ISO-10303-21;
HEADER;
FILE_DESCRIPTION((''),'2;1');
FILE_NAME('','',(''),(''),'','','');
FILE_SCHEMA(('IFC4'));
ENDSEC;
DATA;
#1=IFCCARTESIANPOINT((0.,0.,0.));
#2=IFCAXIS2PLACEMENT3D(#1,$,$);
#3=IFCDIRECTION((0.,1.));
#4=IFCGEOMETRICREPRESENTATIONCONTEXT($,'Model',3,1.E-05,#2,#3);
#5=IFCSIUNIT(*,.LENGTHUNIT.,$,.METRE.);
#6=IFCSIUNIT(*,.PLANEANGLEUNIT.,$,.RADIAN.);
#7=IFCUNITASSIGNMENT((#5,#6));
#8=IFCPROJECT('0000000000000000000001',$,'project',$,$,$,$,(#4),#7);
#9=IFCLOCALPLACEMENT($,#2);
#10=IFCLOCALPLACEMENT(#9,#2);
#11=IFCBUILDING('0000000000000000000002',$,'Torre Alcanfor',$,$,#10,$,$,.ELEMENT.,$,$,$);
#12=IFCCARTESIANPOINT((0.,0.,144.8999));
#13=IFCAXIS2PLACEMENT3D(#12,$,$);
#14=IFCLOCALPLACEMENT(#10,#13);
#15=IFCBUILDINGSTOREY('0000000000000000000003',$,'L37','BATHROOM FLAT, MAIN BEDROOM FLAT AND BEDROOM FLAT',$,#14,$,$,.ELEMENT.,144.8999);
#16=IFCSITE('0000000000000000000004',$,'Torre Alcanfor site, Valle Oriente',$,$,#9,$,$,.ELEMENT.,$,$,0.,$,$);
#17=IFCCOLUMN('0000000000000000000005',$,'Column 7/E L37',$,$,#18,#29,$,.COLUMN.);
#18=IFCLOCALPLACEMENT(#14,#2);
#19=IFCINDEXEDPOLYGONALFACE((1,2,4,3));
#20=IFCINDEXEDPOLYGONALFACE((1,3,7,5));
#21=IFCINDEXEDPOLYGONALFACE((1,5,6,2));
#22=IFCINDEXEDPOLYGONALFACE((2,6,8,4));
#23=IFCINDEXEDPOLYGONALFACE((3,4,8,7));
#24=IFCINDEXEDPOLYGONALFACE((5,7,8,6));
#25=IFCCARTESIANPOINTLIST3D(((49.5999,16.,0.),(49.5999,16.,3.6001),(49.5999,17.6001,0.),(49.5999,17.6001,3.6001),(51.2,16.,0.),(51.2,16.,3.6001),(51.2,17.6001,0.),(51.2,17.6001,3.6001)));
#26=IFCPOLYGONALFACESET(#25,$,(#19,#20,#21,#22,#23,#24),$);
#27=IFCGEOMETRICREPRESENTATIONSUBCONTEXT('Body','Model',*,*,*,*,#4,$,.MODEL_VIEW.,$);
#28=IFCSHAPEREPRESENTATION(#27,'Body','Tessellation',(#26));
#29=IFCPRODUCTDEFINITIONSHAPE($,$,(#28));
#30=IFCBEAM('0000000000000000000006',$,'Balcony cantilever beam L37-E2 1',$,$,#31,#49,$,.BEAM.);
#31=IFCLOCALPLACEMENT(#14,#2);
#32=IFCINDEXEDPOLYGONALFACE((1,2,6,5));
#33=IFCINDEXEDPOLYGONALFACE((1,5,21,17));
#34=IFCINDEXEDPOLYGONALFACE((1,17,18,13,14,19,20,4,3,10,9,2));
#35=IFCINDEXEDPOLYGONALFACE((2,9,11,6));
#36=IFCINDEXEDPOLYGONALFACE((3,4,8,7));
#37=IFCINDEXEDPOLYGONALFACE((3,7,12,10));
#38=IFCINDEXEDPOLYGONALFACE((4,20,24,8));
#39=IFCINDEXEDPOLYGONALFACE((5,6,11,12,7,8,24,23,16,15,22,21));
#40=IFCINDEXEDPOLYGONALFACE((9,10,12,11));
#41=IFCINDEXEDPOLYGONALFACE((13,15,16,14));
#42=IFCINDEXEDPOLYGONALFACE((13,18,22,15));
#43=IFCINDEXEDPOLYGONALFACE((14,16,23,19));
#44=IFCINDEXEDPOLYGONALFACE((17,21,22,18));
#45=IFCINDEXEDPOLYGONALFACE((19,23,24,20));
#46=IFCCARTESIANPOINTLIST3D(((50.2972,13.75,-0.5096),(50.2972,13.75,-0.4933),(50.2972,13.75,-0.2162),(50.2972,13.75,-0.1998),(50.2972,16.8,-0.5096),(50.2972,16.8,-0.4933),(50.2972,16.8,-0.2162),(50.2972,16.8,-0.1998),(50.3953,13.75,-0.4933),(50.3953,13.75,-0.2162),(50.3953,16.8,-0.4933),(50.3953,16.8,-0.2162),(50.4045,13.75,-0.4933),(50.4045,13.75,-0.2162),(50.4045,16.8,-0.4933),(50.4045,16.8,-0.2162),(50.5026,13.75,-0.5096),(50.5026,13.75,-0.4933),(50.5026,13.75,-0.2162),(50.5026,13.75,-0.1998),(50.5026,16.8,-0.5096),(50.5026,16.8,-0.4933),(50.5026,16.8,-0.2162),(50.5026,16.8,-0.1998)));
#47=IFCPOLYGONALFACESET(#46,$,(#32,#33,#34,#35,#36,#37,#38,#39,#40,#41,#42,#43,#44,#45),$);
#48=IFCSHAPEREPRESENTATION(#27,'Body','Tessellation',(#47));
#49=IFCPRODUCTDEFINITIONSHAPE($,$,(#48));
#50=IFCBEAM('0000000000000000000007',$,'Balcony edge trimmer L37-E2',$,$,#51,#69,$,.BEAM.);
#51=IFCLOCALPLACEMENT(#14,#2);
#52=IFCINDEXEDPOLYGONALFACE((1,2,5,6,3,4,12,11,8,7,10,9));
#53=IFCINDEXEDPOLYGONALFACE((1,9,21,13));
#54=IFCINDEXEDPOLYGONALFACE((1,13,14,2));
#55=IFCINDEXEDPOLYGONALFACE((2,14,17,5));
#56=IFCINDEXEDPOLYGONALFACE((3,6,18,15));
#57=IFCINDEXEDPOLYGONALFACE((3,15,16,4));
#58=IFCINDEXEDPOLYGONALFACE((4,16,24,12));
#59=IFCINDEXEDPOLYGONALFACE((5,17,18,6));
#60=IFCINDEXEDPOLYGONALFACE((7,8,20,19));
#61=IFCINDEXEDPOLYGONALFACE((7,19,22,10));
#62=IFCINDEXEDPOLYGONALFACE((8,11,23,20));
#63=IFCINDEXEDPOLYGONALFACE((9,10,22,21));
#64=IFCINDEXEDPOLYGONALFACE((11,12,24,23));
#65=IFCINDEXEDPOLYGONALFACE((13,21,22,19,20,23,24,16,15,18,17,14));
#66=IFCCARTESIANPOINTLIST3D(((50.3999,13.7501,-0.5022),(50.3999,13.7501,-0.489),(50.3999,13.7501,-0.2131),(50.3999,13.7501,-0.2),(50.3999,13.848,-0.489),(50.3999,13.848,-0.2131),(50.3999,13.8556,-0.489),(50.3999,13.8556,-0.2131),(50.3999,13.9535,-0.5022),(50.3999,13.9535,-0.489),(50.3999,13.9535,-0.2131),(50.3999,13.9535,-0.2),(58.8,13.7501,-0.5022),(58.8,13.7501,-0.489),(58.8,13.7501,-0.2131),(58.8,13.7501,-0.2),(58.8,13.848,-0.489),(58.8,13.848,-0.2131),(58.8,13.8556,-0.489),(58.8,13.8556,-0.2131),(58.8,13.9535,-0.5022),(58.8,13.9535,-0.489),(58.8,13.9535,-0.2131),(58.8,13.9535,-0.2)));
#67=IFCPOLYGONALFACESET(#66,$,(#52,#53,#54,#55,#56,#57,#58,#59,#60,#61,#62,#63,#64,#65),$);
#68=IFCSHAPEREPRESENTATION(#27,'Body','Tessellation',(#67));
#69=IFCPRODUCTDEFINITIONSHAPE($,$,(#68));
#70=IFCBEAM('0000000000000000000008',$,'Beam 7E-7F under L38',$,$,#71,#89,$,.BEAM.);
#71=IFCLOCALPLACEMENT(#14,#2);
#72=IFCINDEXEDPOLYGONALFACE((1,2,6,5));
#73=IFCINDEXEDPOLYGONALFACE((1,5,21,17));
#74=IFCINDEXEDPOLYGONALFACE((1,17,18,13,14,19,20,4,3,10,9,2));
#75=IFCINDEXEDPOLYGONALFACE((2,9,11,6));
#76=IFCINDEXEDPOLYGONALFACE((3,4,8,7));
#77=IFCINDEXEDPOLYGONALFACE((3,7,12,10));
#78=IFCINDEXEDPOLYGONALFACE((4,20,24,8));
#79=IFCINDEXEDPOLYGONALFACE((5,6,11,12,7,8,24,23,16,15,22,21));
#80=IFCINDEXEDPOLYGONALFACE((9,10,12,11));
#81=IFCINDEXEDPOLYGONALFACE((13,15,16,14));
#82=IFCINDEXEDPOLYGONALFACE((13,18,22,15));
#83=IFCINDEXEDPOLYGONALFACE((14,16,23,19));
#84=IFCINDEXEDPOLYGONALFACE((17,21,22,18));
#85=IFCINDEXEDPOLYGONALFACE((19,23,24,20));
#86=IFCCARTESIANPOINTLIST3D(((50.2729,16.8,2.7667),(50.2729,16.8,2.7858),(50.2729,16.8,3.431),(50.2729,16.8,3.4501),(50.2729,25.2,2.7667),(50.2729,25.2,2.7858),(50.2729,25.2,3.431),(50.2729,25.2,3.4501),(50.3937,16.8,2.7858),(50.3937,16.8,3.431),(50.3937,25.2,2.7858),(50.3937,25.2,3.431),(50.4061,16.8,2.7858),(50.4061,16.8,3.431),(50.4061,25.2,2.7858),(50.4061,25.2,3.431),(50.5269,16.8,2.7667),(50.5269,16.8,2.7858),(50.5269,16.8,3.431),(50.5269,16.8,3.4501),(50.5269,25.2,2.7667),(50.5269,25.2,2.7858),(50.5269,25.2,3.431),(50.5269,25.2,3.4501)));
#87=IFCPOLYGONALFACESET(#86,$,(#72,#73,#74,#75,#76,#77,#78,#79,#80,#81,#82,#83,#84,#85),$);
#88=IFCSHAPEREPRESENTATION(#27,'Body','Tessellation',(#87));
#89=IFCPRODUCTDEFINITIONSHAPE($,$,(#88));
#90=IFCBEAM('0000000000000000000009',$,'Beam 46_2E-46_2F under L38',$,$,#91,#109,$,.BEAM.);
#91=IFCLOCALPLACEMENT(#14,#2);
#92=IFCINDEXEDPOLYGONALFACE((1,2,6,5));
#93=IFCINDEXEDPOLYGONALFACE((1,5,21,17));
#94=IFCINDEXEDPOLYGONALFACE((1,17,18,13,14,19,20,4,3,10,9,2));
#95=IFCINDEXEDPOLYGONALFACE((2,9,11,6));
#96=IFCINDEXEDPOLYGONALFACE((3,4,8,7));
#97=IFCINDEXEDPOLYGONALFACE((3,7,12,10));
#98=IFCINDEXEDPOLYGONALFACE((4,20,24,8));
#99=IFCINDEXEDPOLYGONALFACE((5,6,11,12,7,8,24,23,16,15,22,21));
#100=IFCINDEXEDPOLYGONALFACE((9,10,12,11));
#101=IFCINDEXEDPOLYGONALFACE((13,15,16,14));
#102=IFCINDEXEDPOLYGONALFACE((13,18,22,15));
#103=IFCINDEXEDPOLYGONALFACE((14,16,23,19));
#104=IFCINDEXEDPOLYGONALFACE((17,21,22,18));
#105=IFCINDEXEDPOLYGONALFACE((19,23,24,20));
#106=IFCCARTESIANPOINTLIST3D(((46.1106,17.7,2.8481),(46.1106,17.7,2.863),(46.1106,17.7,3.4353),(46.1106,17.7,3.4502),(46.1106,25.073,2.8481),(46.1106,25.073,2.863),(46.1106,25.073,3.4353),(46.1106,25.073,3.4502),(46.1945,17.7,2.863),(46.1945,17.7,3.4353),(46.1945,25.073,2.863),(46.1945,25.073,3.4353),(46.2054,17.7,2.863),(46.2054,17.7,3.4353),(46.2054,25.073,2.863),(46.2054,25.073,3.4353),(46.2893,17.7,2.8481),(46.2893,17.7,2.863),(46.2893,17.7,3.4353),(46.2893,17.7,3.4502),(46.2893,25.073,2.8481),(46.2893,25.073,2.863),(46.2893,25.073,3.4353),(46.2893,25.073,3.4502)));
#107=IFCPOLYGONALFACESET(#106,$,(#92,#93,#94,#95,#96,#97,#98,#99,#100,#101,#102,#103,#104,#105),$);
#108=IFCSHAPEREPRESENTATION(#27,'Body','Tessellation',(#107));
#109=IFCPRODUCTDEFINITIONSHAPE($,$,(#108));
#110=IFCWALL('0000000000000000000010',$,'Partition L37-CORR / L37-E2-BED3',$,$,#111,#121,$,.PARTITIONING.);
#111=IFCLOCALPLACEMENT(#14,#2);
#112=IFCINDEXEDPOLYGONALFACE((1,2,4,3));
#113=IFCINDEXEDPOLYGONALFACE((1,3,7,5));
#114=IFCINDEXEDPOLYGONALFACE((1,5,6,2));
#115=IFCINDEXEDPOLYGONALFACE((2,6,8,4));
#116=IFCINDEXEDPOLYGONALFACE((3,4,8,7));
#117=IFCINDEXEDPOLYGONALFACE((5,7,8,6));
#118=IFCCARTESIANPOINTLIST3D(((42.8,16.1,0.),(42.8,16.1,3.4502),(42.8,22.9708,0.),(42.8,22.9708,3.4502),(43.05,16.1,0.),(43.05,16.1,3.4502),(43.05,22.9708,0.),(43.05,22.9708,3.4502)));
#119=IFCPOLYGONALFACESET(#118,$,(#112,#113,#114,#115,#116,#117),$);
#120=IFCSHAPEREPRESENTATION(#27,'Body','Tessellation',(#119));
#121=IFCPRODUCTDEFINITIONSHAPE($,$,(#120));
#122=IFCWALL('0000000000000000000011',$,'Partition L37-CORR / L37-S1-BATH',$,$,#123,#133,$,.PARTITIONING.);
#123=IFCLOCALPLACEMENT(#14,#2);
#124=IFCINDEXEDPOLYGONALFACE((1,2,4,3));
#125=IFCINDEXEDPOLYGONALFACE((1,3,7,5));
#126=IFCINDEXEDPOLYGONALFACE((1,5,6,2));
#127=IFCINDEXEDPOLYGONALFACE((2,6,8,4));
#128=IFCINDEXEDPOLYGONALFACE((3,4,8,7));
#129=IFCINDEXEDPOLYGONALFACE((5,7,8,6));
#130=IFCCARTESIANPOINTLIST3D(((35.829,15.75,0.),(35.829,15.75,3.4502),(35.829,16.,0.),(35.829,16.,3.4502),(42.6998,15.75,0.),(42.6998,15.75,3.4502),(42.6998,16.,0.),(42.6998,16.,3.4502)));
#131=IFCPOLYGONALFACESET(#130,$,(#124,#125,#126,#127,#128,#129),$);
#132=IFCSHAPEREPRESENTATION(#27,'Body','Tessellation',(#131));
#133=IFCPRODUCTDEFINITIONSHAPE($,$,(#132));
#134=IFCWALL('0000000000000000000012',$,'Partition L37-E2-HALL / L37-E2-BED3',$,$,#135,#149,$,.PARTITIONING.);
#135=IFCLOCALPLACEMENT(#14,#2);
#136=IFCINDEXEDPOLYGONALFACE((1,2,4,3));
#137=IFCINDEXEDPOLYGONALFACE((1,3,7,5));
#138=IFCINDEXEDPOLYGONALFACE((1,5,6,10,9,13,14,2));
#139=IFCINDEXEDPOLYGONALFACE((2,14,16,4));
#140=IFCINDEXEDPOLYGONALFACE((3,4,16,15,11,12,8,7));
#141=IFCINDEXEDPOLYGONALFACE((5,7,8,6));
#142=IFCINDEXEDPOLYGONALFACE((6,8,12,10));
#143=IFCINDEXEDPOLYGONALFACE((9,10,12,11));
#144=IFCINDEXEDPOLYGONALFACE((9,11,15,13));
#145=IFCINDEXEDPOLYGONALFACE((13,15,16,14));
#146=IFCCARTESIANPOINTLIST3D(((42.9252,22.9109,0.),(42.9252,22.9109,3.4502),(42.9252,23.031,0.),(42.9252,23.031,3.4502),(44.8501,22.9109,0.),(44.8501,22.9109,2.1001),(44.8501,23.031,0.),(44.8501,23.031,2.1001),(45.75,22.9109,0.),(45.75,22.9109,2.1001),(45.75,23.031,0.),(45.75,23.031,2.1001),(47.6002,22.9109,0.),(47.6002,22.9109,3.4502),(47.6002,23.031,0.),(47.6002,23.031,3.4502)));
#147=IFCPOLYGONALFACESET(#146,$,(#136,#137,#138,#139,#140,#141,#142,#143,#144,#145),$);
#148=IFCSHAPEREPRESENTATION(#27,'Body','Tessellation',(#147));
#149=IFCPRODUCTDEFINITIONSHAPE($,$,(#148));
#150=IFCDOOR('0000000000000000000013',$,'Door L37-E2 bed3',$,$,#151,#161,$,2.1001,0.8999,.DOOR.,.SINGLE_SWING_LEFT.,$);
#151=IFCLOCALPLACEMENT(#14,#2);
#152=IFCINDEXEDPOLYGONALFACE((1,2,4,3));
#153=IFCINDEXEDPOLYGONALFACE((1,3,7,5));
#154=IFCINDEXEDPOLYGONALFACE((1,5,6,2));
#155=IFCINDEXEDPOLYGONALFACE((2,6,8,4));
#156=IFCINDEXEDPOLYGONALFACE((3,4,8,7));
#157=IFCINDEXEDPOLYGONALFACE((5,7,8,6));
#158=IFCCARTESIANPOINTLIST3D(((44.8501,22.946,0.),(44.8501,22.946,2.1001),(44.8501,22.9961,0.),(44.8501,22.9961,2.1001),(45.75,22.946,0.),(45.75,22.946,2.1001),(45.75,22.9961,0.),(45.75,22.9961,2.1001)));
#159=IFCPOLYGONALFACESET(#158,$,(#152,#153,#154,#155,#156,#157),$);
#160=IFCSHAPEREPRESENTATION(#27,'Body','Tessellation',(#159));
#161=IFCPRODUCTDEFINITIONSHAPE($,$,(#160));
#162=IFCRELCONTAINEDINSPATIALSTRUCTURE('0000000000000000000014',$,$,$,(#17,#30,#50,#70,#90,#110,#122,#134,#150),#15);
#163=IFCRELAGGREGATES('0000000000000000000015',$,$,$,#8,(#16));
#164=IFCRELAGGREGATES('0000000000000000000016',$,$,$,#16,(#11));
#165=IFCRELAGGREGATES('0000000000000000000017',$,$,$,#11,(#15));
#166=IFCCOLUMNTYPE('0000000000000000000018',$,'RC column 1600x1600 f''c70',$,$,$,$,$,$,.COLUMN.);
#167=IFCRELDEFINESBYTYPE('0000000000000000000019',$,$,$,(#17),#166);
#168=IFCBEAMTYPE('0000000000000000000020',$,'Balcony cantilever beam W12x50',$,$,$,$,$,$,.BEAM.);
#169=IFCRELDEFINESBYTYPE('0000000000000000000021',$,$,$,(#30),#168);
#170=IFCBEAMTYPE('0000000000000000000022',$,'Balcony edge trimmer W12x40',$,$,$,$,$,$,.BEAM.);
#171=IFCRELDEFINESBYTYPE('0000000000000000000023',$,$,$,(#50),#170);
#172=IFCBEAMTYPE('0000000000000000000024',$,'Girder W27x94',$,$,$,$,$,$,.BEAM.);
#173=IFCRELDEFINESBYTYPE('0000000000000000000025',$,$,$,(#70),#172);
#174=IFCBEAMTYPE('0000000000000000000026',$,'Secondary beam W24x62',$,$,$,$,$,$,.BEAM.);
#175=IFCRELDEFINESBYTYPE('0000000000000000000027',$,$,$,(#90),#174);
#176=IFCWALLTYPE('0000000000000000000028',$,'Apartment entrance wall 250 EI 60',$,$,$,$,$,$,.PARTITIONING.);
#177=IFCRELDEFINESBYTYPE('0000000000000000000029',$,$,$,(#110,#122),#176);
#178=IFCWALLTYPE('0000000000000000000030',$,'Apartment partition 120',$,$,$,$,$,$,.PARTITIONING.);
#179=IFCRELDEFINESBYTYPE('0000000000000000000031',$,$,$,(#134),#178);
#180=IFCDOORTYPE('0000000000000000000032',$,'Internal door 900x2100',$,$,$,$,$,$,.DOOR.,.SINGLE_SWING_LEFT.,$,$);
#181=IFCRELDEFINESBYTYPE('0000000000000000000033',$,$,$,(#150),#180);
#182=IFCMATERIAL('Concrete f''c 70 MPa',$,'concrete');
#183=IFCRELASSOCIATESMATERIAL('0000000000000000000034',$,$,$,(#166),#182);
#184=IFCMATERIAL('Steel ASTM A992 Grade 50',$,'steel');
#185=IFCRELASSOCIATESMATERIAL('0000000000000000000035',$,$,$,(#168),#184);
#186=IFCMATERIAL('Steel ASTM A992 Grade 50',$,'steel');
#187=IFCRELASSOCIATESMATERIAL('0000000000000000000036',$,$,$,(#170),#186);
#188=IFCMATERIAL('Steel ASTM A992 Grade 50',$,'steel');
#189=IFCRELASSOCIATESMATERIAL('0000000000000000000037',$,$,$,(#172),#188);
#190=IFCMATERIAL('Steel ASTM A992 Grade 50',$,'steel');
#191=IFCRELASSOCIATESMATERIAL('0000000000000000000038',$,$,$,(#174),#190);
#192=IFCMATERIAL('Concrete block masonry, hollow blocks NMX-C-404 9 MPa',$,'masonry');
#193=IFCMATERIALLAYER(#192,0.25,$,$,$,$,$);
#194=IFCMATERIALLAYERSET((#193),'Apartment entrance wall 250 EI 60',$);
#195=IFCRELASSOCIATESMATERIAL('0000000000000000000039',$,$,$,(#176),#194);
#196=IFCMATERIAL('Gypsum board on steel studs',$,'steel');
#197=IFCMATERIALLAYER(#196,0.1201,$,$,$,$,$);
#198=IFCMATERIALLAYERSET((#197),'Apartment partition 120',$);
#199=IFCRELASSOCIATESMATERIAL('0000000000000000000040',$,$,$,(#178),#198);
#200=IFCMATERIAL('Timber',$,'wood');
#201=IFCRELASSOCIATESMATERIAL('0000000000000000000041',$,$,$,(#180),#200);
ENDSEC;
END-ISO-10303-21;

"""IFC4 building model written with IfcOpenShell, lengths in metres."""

from ifc_helpers import new_model, si_unit, direction, frame, frame_2d, origin, origin_2d, place, context, subcontext, project, spatial, rectangle, i_section, extrude, material, layer, layer_set, material_profile, profile_set, type_object, element, fill, save


model = new_model("IFC4")

# Units and contexts
model_context = context("Model", 3, precision=1e-05, world=origin(), true_north=direction((0.0, 1.0)))
body_context = subcontext(model_context, "Body", "Model", "MODEL_VIEW")
ifc_project = project(units=[si_unit("LENGTHUNIT", "METRE"), si_unit("PLANEANGLEUNIT", "RADIAN")], contexts=[model_context])

# Site, building, storey
site_placement = place(None, origin())
site = spatial("IfcSite", under=ifc_project, at=site_placement, Name="Torre Alcanfor site, Valle Oriente", CompositionType="ELEMENT", RefElevation=0.0)
building_placement = place(site_placement, origin())
building = spatial("IfcBuilding", under=site, at=building_placement, Name="Torre Alcanfor", CompositionType="ELEMENT")
storey_placement = place(building_placement, frame((0.0, 0.0, 144.8999)))
storey = spatial("IfcBuildingStorey", under=building, at=storey_placement, Name="L37", Description="BATHROOM FLAT, MAIN BEDROOM FLAT AND BEDROOM FLAT", CompositionType="ELEMENT", Elevation=144.8999)

# Column
ifc_material_1 = material(Name="Concrete f'c 70 MPa", Category="concrete")
ifc_material_profile_1 = material_profile(ifc_material_1, rectangle(XDim=1.6001, YDim=1.6001, at=origin_2d()), Name="1600x1600")
ifc_profile_set_1 = profile_set([ifc_material_profile_1], Name="Concrete f'c 70 MPa")
column_type = type_object("IfcColumnType", Name="RC column 1600x1600 f'c70", PredefinedType="COLUMN", material=ifc_profile_set_1)
column_placement = place(storey_placement, frame((50.3999, 16.8, 0.0), z_axis=(0.0, 0.0, 1.0), x_axis=(1.0, 0.0, 0.0)))
element("IfcColumn", 1, at=column_placement, inside=storey, type_object=column_type, Name="Column 7/E L37", PredefinedType="COLUMN", context=body_context, shape_type="SweptSolid", body=[
    extrude(rectangle(XDim=1.6001, YDim=1.6001, at=origin_2d()), origin(), (0.0, 0.0, 1.0), 3.6001),
])

# Beams
ifc_material_2 = material(Name="Steel ASTM A992 Grade 50", Category="steel")
ifc_material_profile_2 = material_profile(ifc_material_2, i_section(OverallWidth=0.2053, OverallDepth=0.3098, WebThickness=0.0093, FlangeThickness=0.0164, at=origin_2d()), Name="W12x50")
ifc_profile_set_2 = profile_set([ifc_material_profile_2], Name="Steel ASTM A992 Grade 50")
beam_type_1 = type_object("IfcBeamType", Name="Balcony cantilever beam W12x50", PredefinedType="BEAM", material=ifc_profile_set_2)
beam_1_placement = place(storey_placement, frame((50.3999, 16.8, -0.3547), z_axis=(0.0, -1.0, 0.0), x_axis=(1.0, 0.0, 0.0)))
element("IfcBeam", 2, at=beam_1_placement, inside=storey, type_object=beam_type_1, Name="Balcony cantilever beam L37-E2 1", PredefinedType="BEAM", context=body_context, shape_type="SweptSolid", body=[
    extrude(i_section(OverallWidth=0.2053, OverallDepth=0.3098, WebThickness=0.0093, FlangeThickness=0.0164, at=origin_2d()), origin(), (0.0, 0.0, 1.0), 3.05),
])
ifc_material_3 = material(Name="Steel ASTM A992 Grade 50", Category="steel")
ifc_material_profile_3 = material_profile(ifc_material_3, i_section(OverallWidth=0.2034, OverallDepth=0.3022, WebThickness=0.0076, FlangeThickness=0.0132, at=origin_2d()), Name="W12x40")
ifc_profile_set_3 = profile_set([ifc_material_profile_3], Name="Steel ASTM A992 Grade 50")
beam_type_2 = type_object("IfcBeamType", Name="Balcony edge trimmer W12x40", PredefinedType="BEAM", material=ifc_profile_set_3)
beam_2_placement = place(storey_placement, frame((50.3999, 13.8518, -0.3511), z_axis=(1.0, 0.0, 0.0), x_axis=(0.0, 1.0, 0.0)))
element("IfcBeam", 3, at=beam_2_placement, inside=storey, type_object=beam_type_2, Name="Balcony edge trimmer L37-E2", PredefinedType="BEAM", context=body_context, shape_type="SweptSolid", body=[
    extrude(i_section(OverallWidth=0.2034, OverallDepth=0.3022, WebThickness=0.0076, FlangeThickness=0.0132, at=origin_2d()), origin(), (0.0, 0.0, 1.0), 8.4001),
])
ifc_material_4 = material(Name="Steel ASTM A992 Grade 50", Category="steel")
ifc_material_profile_4 = material_profile(ifc_material_4, i_section(OverallWidth=0.2539, OverallDepth=0.6833, WebThickness=0.0125, FlangeThickness=0.019, at=origin_2d()), Name="W27x94")
ifc_profile_set_4 = profile_set([ifc_material_profile_4], Name="Steel ASTM A992 Grade 50")
beam_type_3 = type_object("IfcBeamType", Name="Girder W27x94", PredefinedType="BEAM", material=ifc_profile_set_4)
beam_3_placement = place(storey_placement, frame((50.3999, 16.8, 3.1084), z_axis=(0.0, 1.0, 0.0), x_axis=(-1.0, 0.0, 0.0)))
element("IfcBeam", 4, at=beam_3_placement, inside=storey, type_object=beam_type_3, Name="Beam 7E-7F under L38", PredefinedType="BEAM", context=body_context, shape_type="SweptSolid", body=[
    extrude(i_section(OverallWidth=0.2539, OverallDepth=0.6833, WebThickness=0.0125, FlangeThickness=0.019, at=origin_2d()), origin(), (0.0, 0.0, 1.0), 8.3999),
])
ifc_material_5 = material(Name="Steel ASTM A992 Grade 50", Category="steel")
ifc_material_profile_5 = material_profile(ifc_material_5, i_section(OverallWidth=0.1787, OverallDepth=0.6021, WebThickness=0.011, FlangeThickness=0.0149, at=origin_2d()), Name="W24x62")
ifc_profile_set_5 = profile_set([ifc_material_profile_5], Name="Steel ASTM A992 Grade 50")
beam_type_4 = type_object("IfcBeamType", Name="Secondary beam W24x62", PredefinedType="BEAM", material=ifc_profile_set_5)
beam_4_placement = place(storey_placement, frame((46.2, 17.7, 3.1492), z_axis=(0.0, 1.0, 0.0), x_axis=(-1.0, 0.0, 0.0)))
element("IfcBeam", 5, at=beam_4_placement, inside=storey, type_object=beam_type_4, Name="Beam 46_2E-46_2F under L38", PredefinedType="BEAM", context=body_context, shape_type="SweptSolid", body=[
    extrude(i_section(OverallWidth=0.1787, OverallDepth=0.6021, WebThickness=0.011, FlangeThickness=0.0149, at=origin_2d()), origin(), (0.0, 0.0, 1.0), 7.373),
])

# Walls
ifc_material_6 = material(Name="Concrete block masonry, hollow blocks NMX-C-404 9 MPa", Category="masonry")
ifc_layer_1 = layer(ifc_material_6, 0.25)
ifc_layer_set_1 = layer_set([ifc_layer_1], Name="Apartment entrance wall 250 EI 60")
wall_type_1 = type_object("IfcWallType", Name="Apartment entrance wall 250 EI 60", PredefinedType="PARTITIONING", material=ifc_layer_set_1)
for number, where, z_axis, x_axis, name in (
    (6, (42.925, 22.9709, 0.0), (0.0, 0.0, 1.0), (0.0, -1.0, 0.0), "Partition L37-CORR / L37-E2-BED3"),
    (7, (42.7, 15.875, 0.0), (0.0, 0.0, 1.0), (-1.0, 0.0, 0.0), "Partition L37-CORR / L37-S1-BATH"),
):
    element("IfcWall", number, at=place(storey_placement, frame(where, z_axis=z_axis, x_axis=x_axis)), inside=storey, type_object=wall_type_1, Name=name, PredefinedType="PARTITIONING", context=body_context, shape_type="SweptSolid", body=[
        extrude(rectangle(XDim=6.8708, YDim=0.25, at=frame_2d((3.4355, 0.0))), origin(), (0.0, 0.0, 1.0), 3.4502),
    ])

# Wall, opening, door
ifc_material_7 = material(Name="Gypsum board on steel studs", Category="steel")
ifc_layer_2 = layer(ifc_material_7, 0.1201)
ifc_layer_set_2 = layer_set([ifc_layer_2], Name="Apartment partition 120")
wall_type_2 = type_object("IfcWallType", Name="Apartment partition 120", PredefinedType="PARTITIONING", material=ifc_layer_set_2)
wall_1_placement = place(storey_placement, frame((47.6001, 22.9709, 0.0), z_axis=(0.0, 0.0, 1.0), x_axis=(-1.0, 0.0, 0.0)))
wall_1 = element("IfcWall", 8, at=wall_1_placement, inside=storey, type_object=wall_type_2, Name="Partition L37-E2-HALL / L37-E2-BED3", PredefinedType="PARTITIONING", context=body_context, shape_type="SweptSolid", body=[
    extrude(rectangle(XDim=4.675, YDim=0.1201, at=frame_2d((2.3374, 0.0))), origin(), (0.0, 0.0, 1.0), 3.4502),
])
opening_1_placement = place(wall_1_placement, frame((1.8501, 0.0, 0.0)))
opening_1 = element("IfcOpeningElement", 9, at=opening_1_placement, cuts=wall_1, PredefinedType="OPENING", context=body_context, shape_type="SweptSolid", body=[
    extrude(rectangle(XDim=0.8999, YDim=2.1001, at=frame_2d((0.45, 1.05))), frame((0.0, 0.0701, 0.0), z_axis=(0.0, -1.0, 0.0), x_axis=(1.0, 0.0, 0.0)), (0.0, 0.0, 1.0), 0.1401),
])
ifc_material_8 = material(Name="Timber", Category="wood")
door_type_1 = type_object("IfcDoorType", Name="Internal door 900x2100", OperationType="SINGLE_SWING_LEFT", PredefinedType="DOOR", material=ifc_material_8)
door_1_placement = place(opening_1_placement, origin())
door_1 = element("IfcDoor", 10, at=door_1_placement, inside=storey, type_object=door_type_1, Name="Door L37-E2 bed3", OperationType="SINGLE_SWING_LEFT", OverallHeight=2.1001, OverallWidth=0.8999, PredefinedType="DOOR", context=body_context, shape_type="SweptSolid", body=[
    extrude(rectangle(XDim=0.8999, YDim=2.1001, at=frame_2d((0.45, 1.05))), frame((0.0, 0.0249, 0.0), z_axis=(0.0, -1.0, 0.0), x_axis=(1.0, 0.0, 0.0)), (0.0, 0.0, 1.0), 0.05),
])
fill(opening_1, door_1)

save(model, "model.ifc")
